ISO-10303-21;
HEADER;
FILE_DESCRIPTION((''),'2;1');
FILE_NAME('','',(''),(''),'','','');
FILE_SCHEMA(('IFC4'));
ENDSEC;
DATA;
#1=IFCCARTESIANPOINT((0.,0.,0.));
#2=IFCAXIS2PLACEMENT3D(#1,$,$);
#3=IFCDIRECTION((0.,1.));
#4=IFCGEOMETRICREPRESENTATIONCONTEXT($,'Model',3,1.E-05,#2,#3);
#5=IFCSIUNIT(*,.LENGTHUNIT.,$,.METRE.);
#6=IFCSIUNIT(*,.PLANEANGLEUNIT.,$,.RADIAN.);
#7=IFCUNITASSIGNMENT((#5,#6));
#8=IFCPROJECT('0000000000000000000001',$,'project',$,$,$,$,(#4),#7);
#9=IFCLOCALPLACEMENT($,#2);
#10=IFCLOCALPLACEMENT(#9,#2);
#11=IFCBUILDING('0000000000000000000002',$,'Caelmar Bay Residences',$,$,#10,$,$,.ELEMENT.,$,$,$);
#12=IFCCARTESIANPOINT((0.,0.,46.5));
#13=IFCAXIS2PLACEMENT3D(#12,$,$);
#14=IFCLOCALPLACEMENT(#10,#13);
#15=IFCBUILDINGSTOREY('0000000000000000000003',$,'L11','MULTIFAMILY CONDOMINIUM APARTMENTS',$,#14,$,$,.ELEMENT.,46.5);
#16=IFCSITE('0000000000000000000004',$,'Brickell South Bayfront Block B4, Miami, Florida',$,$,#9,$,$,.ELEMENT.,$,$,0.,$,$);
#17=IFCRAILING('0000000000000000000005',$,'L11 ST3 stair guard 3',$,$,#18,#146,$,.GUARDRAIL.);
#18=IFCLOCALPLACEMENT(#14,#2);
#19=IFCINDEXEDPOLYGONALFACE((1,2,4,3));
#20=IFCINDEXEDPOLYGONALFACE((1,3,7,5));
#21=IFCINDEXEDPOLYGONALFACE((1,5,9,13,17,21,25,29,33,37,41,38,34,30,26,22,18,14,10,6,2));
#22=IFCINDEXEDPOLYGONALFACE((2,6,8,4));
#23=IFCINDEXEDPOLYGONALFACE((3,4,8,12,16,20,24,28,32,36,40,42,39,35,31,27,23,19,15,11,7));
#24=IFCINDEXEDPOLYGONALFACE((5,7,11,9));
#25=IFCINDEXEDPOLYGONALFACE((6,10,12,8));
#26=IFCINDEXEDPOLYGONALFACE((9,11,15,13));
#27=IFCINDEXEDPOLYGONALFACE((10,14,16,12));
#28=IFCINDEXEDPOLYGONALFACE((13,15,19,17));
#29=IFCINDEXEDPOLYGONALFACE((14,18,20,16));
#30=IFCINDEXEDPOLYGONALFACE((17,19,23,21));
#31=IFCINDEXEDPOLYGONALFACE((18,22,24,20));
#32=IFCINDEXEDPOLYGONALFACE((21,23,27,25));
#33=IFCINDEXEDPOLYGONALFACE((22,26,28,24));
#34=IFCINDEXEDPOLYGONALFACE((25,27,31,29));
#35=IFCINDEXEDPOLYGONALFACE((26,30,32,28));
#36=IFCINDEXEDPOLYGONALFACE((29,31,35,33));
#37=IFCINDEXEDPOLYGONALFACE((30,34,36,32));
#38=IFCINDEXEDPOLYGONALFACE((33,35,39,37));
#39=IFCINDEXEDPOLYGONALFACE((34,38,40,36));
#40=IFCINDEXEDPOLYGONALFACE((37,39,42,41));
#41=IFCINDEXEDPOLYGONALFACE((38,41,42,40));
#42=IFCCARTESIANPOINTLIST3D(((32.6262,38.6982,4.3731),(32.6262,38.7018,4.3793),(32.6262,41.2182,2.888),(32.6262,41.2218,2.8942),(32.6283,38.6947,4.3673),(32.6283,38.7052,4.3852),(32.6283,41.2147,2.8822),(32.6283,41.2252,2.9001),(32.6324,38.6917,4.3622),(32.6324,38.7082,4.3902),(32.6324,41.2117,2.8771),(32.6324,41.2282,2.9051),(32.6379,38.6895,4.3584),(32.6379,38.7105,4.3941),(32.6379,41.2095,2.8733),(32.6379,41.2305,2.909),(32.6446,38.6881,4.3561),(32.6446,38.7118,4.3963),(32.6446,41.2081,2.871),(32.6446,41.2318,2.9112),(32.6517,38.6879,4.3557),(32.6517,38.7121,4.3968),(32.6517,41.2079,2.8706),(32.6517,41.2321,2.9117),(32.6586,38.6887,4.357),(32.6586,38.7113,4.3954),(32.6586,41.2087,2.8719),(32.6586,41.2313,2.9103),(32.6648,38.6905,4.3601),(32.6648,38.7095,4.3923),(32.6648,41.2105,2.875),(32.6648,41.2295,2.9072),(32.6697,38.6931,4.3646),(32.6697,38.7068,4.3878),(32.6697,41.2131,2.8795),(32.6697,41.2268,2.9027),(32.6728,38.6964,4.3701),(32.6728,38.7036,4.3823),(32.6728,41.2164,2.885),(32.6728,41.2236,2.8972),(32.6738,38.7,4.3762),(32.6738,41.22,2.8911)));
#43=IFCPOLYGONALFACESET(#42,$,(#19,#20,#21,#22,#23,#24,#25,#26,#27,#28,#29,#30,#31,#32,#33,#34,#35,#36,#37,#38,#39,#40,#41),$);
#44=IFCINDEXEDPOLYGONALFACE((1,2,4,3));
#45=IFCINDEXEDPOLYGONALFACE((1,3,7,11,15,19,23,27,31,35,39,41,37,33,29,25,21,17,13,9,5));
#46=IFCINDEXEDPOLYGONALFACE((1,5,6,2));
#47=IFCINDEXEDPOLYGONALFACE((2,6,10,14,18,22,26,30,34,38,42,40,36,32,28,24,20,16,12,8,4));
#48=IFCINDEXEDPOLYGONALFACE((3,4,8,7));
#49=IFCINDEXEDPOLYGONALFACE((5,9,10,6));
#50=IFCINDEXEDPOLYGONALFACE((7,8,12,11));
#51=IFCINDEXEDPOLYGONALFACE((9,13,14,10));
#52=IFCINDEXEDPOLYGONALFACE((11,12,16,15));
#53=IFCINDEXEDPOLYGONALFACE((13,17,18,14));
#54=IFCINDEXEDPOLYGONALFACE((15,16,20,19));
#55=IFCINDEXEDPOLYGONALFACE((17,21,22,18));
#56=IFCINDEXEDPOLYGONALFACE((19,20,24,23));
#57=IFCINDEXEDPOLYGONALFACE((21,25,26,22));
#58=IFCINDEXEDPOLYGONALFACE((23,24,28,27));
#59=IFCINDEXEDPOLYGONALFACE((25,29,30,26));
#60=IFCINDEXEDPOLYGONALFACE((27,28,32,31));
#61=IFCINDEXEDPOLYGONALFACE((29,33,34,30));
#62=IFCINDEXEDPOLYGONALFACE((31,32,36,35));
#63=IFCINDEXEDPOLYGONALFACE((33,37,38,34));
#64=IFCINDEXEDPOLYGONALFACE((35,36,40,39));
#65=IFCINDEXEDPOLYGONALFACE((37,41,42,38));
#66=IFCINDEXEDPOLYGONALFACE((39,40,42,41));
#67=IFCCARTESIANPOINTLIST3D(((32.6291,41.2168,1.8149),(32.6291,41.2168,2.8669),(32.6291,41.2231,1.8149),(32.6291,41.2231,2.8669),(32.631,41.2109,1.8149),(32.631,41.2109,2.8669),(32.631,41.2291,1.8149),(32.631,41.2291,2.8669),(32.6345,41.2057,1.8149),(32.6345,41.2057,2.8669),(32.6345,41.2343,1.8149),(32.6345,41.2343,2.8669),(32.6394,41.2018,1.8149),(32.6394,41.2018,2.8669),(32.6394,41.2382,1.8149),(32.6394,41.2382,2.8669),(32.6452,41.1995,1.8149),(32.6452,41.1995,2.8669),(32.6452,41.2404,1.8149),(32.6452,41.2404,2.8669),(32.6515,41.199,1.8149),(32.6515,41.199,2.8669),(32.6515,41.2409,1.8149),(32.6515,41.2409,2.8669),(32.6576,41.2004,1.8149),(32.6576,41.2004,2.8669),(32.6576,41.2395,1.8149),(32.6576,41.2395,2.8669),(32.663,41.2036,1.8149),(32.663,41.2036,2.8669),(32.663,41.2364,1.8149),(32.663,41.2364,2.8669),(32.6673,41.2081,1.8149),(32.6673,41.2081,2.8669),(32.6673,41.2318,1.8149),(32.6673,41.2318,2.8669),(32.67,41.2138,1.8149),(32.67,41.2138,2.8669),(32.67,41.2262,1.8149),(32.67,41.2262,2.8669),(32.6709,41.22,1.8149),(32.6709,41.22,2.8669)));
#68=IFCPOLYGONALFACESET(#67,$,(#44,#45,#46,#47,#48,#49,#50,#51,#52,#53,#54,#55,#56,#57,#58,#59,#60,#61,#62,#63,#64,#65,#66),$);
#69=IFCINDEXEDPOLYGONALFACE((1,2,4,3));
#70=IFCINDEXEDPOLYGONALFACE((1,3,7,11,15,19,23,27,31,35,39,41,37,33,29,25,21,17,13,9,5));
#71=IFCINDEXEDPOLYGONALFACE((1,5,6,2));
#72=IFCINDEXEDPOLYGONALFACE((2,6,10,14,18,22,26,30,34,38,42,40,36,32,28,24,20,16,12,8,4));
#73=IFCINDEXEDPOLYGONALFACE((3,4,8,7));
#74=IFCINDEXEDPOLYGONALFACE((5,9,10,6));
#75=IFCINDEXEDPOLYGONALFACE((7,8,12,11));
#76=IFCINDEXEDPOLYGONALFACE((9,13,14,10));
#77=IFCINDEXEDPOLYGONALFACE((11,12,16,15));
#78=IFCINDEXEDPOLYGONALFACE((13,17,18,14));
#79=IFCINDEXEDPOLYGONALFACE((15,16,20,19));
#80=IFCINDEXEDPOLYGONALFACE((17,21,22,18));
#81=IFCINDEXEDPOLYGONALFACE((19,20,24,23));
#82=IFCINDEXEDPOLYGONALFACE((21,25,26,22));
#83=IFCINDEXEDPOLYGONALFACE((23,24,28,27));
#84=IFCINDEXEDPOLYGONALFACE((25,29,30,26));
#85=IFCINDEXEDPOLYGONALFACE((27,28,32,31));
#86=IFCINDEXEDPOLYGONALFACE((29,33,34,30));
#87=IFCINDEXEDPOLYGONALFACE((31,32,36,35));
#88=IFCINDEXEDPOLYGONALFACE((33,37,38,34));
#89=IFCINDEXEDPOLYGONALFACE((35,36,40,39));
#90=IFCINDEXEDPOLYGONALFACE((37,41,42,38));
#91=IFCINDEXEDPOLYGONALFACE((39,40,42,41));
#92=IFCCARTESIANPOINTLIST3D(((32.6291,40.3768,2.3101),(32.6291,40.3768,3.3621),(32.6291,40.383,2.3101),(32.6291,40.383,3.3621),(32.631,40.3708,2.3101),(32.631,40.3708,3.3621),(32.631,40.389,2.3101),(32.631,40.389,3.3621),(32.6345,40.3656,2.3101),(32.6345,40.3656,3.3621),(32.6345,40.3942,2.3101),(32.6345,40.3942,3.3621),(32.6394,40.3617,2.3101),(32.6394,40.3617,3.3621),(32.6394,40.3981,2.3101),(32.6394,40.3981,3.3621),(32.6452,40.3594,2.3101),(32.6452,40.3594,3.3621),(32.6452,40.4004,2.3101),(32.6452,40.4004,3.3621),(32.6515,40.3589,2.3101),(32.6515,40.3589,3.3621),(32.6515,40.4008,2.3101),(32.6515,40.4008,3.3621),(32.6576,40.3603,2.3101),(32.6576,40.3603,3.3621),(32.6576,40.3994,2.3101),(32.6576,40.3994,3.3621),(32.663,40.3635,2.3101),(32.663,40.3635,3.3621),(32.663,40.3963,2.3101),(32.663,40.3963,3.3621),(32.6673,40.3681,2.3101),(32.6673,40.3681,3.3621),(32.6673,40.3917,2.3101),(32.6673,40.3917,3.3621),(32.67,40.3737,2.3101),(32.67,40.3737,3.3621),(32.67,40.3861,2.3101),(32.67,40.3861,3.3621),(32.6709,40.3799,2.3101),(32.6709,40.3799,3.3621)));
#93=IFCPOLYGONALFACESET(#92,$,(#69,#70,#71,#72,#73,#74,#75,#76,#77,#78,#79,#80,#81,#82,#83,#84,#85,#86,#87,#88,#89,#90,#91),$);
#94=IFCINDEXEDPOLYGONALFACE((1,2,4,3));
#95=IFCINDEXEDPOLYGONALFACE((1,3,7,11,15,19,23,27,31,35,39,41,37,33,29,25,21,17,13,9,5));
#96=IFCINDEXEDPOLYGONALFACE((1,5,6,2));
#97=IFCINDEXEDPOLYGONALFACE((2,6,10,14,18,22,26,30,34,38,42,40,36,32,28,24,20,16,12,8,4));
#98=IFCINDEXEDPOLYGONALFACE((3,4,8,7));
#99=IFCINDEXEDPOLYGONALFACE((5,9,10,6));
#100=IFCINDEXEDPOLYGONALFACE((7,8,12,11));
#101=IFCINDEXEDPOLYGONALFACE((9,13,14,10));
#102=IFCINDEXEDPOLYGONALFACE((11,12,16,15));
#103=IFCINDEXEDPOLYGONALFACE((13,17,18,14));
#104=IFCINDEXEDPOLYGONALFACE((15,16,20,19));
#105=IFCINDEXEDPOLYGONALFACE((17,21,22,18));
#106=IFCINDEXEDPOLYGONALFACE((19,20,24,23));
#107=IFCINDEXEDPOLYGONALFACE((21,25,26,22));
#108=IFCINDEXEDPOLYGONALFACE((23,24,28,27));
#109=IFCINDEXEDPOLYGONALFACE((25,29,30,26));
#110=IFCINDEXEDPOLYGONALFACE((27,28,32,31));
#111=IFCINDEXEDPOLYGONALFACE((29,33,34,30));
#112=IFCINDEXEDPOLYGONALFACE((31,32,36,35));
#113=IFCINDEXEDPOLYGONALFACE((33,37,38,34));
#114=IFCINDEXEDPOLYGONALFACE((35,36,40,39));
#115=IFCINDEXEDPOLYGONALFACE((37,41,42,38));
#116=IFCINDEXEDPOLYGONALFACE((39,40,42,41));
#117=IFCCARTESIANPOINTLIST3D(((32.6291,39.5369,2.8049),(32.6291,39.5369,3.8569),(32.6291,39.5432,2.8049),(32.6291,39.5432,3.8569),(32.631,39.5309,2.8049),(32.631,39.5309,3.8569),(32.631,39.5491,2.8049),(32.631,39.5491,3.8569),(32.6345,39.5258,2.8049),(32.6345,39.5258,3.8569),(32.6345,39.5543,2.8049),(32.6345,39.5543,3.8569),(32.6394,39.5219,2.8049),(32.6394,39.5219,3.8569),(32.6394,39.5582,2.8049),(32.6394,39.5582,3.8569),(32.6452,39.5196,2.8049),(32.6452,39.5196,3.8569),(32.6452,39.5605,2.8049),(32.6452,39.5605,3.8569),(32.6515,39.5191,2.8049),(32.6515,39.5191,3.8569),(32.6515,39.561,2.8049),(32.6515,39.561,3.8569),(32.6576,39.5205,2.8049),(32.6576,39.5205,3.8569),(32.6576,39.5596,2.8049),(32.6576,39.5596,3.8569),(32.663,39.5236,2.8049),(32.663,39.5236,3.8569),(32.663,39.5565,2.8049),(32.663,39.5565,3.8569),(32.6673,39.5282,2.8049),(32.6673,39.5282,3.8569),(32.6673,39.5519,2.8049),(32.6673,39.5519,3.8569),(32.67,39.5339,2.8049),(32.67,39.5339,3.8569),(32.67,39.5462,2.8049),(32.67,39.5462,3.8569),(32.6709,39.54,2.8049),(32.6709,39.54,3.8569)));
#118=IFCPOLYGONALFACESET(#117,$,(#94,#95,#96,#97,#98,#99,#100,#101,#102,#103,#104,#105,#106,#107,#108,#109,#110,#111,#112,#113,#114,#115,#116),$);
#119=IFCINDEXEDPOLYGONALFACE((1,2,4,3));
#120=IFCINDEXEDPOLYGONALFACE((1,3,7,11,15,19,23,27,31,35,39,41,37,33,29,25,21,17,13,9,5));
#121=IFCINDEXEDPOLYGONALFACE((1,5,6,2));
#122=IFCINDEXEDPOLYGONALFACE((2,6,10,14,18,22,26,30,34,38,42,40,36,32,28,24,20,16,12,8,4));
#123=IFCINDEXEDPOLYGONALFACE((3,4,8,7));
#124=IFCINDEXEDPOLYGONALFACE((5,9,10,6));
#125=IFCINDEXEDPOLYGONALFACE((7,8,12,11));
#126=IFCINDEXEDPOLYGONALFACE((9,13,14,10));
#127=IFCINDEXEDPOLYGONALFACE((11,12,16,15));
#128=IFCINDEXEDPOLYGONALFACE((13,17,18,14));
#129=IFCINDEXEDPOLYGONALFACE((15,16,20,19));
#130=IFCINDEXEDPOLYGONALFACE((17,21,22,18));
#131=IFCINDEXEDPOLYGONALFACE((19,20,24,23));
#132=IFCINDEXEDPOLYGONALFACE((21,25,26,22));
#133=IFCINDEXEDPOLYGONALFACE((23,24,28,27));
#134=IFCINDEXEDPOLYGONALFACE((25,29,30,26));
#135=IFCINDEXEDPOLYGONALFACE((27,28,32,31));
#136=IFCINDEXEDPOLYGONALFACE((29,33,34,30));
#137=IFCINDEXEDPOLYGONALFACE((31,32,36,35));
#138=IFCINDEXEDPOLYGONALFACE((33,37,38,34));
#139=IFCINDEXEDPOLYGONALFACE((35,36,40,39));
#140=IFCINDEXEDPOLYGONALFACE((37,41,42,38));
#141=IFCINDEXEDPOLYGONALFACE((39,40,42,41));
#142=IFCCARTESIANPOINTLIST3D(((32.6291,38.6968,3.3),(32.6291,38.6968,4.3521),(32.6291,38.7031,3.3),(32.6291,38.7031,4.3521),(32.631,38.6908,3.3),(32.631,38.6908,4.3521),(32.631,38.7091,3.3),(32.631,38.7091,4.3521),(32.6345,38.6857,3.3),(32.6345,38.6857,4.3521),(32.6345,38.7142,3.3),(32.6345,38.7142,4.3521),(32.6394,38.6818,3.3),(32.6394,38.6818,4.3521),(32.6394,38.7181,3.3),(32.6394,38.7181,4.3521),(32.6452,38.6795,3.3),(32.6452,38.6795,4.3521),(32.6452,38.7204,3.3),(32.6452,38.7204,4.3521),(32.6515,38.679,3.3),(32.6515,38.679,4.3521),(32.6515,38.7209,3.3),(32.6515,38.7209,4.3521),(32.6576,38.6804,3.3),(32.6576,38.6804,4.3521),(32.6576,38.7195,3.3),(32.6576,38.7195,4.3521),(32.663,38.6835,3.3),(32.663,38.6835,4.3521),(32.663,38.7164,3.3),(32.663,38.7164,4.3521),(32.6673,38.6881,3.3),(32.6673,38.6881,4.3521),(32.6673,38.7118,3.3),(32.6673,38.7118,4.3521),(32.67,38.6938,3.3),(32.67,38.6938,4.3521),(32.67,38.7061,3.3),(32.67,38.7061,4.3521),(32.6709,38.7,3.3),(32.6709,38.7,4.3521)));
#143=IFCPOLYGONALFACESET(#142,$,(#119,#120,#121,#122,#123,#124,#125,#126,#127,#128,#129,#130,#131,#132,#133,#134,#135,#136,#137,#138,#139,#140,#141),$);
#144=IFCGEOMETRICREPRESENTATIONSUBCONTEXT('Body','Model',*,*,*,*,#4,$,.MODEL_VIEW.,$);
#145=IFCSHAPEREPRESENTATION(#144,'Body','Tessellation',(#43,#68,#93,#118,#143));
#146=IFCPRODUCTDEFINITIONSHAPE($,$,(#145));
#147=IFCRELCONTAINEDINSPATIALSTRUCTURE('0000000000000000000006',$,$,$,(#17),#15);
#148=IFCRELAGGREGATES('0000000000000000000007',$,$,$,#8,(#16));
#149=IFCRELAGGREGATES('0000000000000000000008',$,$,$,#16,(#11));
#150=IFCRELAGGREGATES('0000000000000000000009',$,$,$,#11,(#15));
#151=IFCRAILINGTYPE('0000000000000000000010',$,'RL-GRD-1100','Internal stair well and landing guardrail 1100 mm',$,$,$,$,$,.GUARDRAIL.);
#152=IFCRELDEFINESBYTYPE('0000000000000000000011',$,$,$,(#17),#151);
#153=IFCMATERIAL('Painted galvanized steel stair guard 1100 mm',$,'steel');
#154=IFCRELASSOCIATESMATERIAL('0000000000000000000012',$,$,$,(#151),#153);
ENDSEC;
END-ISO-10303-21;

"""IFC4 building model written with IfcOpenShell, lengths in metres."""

from ifc_helpers import new_model, si_unit, direction, frame, origin, origin_2d, place, context, subcontext, project, spatial, circle, extrude, material, type_object, element, save


model = new_model("IFC4")

# Units and contexts
model_context = context("Model", 3, precision=1e-05, world=origin(), true_north=direction((0.0, 1.0)))
body_context = subcontext(model_context, "Body", "Model", "MODEL_VIEW")
ifc_project = project(units=[si_unit("LENGTHUNIT", "METRE"), si_unit("PLANEANGLEUNIT", "RADIAN")], contexts=[model_context])

# Site, building, storey
site_placement = place(None, origin())
site = spatial("IfcSite", under=ifc_project, at=site_placement, Name="Brickell South Bayfront Block B4, Miami, Florida", CompositionType="ELEMENT", RefElevation=0.0)
building_placement = place(site_placement, origin())
building = spatial("IfcBuilding", under=site, at=building_placement, Name="Caelmar Bay Residences", CompositionType="ELEMENT")
storey_placement = place(building_placement, frame((0.0, 0.0, 46.5)))
storey = spatial("IfcBuildingStorey", under=building, at=storey_placement, Name="L11", Description="MULTIFAMILY CONDOMINIUM APARTMENTS", CompositionType="ELEMENT", Elevation=46.5)

# Railing
ifc_material_1 = material(Name="Painted galvanized steel stair guard 1100 mm", Category="steel")
railing_type_1 = type_object("IfcRailingType", Name="RL-GRD-1100", Description="Internal stair well and landing guardrail 1100 mm", PredefinedType="GUARDRAIL", material=ifc_material_1)
railing_1_placement = place(storey_placement, frame((32.6499, 41.22, 1.8149)))
element("IfcRailing", 1, at=railing_1_placement, inside=storey, type_object=railing_type_1, Name="L11 ST3 stair guard 3", PredefinedType="GUARDRAIL", context=body_context, shape_type="SweptSolid", body=[
    extrude(circle(Radius=0.0239, at=origin_2d()), frame((0.0, 0.0, 1.0762), z_axis=(0.0, -0.861524, 0.507717), x_axis=(1.0, 0.0, 0.0)), (0.0, 0.0, 1.0), 2.925),
    extrude(circle(Radius=0.021, at=origin_2d()), origin(), (0.0, 0.0, 1.0), 1.052),
    extrude(circle(Radius=0.021, at=origin_2d()), frame((0.0, -0.8401, 0.4951)), (0.0, 0.0, 1.0), 1.052),
    extrude(circle(Radius=0.021, at=origin_2d()), frame((0.0, -1.6799, 0.99)), (0.0, 0.0, 1.0), 1.052),
    extrude(circle(Radius=0.021, at=origin_2d()), frame((0.0, -2.52, 1.4851)), (0.0, 0.0, 1.0), 1.052),
])

save(model, "model.ifc")
